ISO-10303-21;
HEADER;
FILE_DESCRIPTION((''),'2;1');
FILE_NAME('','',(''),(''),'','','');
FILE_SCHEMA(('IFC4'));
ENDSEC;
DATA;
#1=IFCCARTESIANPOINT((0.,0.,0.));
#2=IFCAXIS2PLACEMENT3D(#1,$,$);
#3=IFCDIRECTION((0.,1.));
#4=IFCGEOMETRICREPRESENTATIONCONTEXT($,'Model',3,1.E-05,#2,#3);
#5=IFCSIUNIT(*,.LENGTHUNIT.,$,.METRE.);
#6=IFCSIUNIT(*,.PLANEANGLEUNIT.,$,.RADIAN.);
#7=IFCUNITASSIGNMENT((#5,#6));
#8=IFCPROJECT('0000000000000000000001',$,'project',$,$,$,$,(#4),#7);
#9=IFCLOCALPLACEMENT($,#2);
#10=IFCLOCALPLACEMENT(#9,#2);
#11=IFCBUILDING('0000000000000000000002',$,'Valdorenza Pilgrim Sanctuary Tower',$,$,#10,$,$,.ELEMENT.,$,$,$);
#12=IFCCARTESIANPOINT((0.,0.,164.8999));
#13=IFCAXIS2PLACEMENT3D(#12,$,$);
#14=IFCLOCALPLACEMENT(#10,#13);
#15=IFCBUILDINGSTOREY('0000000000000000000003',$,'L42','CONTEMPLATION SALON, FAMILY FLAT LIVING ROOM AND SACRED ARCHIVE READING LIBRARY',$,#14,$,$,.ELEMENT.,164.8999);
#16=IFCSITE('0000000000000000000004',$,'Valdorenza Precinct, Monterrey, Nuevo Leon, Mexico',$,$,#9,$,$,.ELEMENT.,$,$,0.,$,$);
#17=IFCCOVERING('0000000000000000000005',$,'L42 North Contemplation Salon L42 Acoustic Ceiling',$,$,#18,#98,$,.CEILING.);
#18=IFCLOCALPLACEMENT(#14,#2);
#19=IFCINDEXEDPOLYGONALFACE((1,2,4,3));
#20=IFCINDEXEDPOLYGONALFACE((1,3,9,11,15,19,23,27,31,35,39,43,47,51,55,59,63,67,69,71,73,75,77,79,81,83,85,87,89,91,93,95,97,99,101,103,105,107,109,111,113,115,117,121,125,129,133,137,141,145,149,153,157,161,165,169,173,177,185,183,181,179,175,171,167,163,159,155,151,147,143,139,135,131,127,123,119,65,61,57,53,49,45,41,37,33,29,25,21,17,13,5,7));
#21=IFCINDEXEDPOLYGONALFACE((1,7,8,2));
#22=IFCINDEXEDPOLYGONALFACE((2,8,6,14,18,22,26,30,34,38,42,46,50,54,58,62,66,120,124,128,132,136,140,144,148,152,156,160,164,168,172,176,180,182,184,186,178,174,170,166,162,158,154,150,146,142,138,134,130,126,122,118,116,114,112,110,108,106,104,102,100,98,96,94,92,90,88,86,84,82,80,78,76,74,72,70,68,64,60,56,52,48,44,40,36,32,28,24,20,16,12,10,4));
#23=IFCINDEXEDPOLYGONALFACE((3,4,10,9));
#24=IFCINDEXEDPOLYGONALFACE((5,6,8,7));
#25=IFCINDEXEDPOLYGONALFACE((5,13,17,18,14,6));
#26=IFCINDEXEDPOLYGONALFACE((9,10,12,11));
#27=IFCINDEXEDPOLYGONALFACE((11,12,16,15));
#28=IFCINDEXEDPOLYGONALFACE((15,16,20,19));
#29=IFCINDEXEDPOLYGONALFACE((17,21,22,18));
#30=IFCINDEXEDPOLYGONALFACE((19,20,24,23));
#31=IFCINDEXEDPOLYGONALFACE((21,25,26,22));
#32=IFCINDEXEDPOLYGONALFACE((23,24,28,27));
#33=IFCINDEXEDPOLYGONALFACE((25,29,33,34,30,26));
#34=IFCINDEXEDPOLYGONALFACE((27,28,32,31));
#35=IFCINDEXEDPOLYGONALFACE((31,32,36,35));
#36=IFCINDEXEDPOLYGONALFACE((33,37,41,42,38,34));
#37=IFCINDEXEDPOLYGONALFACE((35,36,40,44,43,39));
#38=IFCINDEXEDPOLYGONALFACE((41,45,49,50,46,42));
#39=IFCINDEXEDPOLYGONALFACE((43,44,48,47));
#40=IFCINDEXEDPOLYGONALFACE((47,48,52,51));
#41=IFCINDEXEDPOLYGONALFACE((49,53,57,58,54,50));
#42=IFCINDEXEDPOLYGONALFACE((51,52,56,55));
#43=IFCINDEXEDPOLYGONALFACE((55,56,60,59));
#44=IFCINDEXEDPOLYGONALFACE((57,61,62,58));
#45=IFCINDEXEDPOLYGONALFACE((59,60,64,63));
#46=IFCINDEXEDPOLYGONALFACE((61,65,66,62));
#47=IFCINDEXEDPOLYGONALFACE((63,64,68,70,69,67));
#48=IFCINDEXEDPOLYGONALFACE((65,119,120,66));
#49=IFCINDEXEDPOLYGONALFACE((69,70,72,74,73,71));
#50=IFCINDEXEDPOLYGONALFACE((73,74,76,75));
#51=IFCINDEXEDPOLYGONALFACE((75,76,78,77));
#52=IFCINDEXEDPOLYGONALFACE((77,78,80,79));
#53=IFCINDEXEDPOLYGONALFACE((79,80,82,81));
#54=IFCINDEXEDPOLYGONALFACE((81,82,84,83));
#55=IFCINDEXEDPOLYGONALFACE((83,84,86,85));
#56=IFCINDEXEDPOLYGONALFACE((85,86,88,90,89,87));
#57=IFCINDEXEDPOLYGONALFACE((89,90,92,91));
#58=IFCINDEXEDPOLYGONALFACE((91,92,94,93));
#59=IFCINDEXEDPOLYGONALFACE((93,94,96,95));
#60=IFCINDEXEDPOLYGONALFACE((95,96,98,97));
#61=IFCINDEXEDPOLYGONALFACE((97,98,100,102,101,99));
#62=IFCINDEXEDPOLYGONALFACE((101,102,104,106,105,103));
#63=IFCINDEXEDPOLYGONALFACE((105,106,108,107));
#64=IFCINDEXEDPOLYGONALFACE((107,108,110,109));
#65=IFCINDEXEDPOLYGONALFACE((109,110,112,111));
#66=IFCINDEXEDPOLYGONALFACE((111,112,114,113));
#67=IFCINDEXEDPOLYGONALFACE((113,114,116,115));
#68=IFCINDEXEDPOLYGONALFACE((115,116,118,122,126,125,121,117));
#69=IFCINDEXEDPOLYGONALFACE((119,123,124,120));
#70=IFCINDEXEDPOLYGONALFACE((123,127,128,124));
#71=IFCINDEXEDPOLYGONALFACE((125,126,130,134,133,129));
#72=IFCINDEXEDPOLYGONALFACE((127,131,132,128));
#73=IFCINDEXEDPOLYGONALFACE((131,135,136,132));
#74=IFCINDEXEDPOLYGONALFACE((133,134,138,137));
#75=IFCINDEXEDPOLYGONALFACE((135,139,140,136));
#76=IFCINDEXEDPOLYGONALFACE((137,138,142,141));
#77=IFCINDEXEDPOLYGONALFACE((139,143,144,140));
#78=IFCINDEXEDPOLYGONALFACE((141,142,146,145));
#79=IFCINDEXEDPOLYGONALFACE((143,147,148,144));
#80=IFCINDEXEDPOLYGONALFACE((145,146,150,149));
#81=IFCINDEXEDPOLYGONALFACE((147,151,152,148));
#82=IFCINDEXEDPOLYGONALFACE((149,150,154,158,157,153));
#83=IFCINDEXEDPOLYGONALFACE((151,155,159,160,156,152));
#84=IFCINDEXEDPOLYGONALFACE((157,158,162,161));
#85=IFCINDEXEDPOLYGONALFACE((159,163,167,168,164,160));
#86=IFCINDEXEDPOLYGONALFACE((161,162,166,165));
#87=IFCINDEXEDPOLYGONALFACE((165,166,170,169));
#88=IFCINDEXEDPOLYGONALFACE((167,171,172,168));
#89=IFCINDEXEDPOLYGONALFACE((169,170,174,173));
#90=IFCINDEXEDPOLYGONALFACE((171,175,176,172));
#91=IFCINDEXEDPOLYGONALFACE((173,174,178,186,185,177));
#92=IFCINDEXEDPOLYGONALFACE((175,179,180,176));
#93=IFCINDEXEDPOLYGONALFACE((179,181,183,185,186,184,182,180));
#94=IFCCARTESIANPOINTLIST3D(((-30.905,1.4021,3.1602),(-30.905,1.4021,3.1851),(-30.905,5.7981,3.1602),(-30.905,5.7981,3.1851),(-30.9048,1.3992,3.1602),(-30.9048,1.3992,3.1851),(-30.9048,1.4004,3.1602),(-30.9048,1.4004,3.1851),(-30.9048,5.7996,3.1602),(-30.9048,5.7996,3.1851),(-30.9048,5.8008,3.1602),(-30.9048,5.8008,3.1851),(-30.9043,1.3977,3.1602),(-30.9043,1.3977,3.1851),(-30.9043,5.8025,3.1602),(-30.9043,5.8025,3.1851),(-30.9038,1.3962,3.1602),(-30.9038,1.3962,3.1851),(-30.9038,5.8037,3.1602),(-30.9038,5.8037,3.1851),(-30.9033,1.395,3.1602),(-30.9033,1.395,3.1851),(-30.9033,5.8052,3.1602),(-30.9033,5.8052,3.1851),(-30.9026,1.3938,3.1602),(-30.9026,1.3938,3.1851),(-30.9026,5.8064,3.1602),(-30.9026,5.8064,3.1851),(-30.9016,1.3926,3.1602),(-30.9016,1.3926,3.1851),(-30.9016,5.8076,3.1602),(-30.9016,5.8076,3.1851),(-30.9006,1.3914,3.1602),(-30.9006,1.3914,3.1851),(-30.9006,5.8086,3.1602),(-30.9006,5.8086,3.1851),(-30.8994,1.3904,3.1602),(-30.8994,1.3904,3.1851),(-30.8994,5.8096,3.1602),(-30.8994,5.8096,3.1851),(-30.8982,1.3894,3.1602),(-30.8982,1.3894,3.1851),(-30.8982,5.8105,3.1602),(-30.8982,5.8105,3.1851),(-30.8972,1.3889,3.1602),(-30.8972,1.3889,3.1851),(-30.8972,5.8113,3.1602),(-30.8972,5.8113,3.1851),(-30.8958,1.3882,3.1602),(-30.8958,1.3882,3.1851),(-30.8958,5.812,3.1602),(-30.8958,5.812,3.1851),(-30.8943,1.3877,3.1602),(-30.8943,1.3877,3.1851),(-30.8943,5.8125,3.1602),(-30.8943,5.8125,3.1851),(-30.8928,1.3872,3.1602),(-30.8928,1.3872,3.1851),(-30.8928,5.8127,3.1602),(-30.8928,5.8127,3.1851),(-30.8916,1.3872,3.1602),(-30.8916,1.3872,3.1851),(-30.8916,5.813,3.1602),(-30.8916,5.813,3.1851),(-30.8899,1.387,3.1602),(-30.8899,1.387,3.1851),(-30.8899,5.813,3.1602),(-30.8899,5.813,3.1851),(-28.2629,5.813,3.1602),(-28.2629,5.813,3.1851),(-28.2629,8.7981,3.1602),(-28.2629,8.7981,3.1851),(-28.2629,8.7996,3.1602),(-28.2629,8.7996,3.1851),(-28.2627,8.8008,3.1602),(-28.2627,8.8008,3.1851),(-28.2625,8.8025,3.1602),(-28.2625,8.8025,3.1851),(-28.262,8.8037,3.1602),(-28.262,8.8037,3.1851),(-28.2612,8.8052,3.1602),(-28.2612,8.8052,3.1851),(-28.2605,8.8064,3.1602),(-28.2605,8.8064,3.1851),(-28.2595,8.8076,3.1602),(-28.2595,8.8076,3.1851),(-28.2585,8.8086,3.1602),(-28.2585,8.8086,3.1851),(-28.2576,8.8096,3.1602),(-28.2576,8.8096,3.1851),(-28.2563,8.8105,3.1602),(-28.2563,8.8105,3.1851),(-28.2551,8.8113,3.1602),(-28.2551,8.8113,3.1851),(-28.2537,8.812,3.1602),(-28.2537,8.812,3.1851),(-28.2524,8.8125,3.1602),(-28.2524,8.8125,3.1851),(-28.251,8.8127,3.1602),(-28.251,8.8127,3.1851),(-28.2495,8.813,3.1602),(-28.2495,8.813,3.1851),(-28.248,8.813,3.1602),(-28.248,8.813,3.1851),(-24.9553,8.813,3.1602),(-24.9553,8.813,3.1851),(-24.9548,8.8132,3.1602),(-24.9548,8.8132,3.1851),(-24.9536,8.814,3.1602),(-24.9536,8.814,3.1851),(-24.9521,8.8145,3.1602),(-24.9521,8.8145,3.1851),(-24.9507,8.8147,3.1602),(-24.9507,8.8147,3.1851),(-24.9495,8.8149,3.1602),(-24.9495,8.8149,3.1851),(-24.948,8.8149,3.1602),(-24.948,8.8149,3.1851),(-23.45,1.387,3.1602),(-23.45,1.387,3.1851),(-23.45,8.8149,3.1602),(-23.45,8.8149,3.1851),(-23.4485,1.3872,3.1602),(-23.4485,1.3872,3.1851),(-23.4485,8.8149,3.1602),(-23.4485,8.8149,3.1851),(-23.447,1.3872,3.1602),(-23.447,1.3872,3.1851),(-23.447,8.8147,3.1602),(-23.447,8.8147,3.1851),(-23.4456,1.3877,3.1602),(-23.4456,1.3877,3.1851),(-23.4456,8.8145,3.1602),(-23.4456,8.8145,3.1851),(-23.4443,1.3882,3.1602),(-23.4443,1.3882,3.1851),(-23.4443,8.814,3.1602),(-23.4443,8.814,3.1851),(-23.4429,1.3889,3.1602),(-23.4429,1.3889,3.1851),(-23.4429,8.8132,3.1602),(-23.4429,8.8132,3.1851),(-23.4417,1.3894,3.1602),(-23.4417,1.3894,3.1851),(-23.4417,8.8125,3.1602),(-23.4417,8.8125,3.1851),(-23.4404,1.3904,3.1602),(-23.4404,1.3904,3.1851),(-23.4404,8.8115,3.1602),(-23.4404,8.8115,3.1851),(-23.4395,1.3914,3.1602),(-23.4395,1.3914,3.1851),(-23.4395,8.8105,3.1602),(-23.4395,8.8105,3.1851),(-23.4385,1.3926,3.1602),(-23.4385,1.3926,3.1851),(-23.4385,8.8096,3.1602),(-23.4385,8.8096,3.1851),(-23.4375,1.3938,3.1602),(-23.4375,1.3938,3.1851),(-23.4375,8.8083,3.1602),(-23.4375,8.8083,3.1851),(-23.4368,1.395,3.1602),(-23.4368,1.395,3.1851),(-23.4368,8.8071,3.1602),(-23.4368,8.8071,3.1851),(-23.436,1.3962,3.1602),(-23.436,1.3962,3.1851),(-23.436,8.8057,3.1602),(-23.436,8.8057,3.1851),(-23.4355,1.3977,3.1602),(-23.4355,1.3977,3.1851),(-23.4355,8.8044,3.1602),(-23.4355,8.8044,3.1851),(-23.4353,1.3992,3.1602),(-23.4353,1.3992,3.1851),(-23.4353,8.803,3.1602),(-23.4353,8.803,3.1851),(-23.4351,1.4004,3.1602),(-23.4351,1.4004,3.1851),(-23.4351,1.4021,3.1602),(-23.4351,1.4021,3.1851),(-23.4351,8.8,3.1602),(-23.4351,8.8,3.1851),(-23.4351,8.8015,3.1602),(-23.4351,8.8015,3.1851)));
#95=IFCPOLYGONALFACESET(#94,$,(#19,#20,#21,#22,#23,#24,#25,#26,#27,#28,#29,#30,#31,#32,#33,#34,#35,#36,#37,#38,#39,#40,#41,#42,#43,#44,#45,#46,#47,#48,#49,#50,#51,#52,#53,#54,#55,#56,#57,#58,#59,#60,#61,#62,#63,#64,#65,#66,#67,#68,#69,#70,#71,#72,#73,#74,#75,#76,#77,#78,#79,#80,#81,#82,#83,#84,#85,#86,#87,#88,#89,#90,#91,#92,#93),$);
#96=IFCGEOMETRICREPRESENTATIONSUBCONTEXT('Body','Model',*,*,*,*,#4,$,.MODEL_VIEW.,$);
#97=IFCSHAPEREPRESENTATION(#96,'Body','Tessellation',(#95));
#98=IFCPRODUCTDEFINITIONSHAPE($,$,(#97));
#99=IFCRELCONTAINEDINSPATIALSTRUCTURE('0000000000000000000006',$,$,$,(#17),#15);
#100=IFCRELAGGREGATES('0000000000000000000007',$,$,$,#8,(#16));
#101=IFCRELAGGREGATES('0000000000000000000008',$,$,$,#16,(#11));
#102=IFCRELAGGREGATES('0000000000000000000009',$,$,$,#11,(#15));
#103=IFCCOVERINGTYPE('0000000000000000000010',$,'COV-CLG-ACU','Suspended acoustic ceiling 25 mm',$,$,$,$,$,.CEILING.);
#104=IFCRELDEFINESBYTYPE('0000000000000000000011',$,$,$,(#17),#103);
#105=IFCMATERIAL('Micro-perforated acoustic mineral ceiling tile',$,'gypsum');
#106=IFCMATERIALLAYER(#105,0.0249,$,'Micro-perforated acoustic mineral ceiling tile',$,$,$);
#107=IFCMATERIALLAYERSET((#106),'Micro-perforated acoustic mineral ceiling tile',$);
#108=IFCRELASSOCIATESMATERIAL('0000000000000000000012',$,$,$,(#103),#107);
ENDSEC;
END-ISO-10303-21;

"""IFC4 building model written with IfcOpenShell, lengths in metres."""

from ifc_helpers import new_model, si_unit, direction, frame, origin, place, context, subcontext, project, spatial, polyline, outline, extrude, material, layer, layer_set, type_object, element, save


model = new_model("IFC4")

# Units and contexts
model_context = context("Model", 3, precision=1e-05, world=origin(), true_north=direction((0.0, 1.0)))
body_context = subcontext(model_context, "Body", "Model", "MODEL_VIEW")
ifc_project = project(units=[si_unit("LENGTHUNIT", "METRE"), si_unit("PLANEANGLEUNIT", "RADIAN")], contexts=[model_context])

# Site, building, storey
site_placement = place(None, origin())
site = spatial("IfcSite", under=ifc_project, at=site_placement, Name="Valdorenza Precinct, Monterrey, Nuevo Leon, Mexico", CompositionType="ELEMENT", RefElevation=0.0)
building_placement = place(site_placement, origin())
building = spatial("IfcBuilding", under=site, at=building_placement, Name="Valdorenza Pilgrim Sanctuary Tower", CompositionType="ELEMENT")
storey_placement = place(building_placement, frame((0.0, 0.0, 164.8999)))
storey = spatial("IfcBuildingStorey", under=building, at=storey_placement, Name="L42", Description="CONTEMPLATION SALON, FAMILY FLAT LIVING ROOM AND SACRED ARCHIVE READING LIBRARY", CompositionType="ELEMENT", Elevation=164.8999)

# Covering
ifc_material_1 = material(Name="Micro-perforated acoustic mineral ceiling tile", Category="gypsum")
ifc_layer_1 = layer(ifc_material_1, 0.0249, Name="Micro-perforated acoustic mineral ceiling tile")
ifc_layer_set_1 = layer_set([ifc_layer_1], Name="Micro-perforated acoustic mineral ceiling tile")
covering_type_1 = type_object("IfcCoveringType", Name="COV-CLG-ACU", Description="Suspended acoustic ceiling 25 mm", PredefinedType="CEILING", material=ifc_layer_set_1)
covering_1_placement = place(storey_placement, frame((0.0, 0.0, 3.1602)))
element("IfcCovering", 1, at=covering_1_placement, inside=storey, type_object=covering_type_1, Name="L42 North Contemplation Salon L42 Acoustic Ceiling", PredefinedType="CEILING", context=body_context, shape_type="SweptSolid", body=[
    extrude(outline(polyline([(-28.2629, 5.813), (-28.2629, 8.7981), (-28.2629, 8.7996), (-28.2627, 8.8008), (-28.2625, 8.8025), (-28.262, 8.8037), (-28.2612, 8.8052), (-28.2605, 8.8064), (-28.2595, 8.8076), (-28.2585, 8.8086), (-28.2576, 8.8096), (-28.2563, 8.8105), (-28.2551, 8.8113), (-28.2537, 8.812), (-28.2524, 8.8125), (-28.251, 8.8127), (-28.2495, 8.813), (-28.248, 8.813), (-24.9553, 8.813), (-24.9548, 8.8132), (-24.9536, 8.814), (-24.9521, 8.8145), (-24.9507, 8.8147), (-24.9495, 8.8149), (-24.948, 8.8149), (-23.45, 8.8149), (-23.4485, 8.8149), (-23.447, 8.8147), (-23.4456, 8.8145), (-23.4443, 8.814), (-23.4429, 8.8132), (-23.4417, 8.8125), (-23.4404, 8.8115), (-23.4395, 8.8105), (-23.4385, 8.8096), (-23.4375, 8.8083), (-23.4368, 8.8071), (-23.436, 8.8057), (-23.4355, 8.8044), (-23.4353, 8.803), (-23.4351, 8.8015), (-23.4351, 8.8), (-23.4351, 1.4021), (-23.4351, 1.4004), (-23.4353, 1.3992), (-23.4355, 1.3977), (-23.436, 1.3962), (-23.4368, 1.395), (-23.4375, 1.3938), (-23.4385, 1.3926), (-23.4395, 1.3914), (-23.4404, 1.3904), (-23.4417, 1.3894), (-23.4429, 1.3889), (-23.4443, 1.3882), (-23.4456, 1.3877), (-23.447, 1.3872), (-23.4485, 1.3872), (-23.45, 1.387), (-30.8899, 1.387), (-30.8916, 1.3872), (-30.8928, 1.3872), (-30.8943, 1.3877), (-30.8958, 1.3882), (-30.8972, 1.3889), (-30.8982, 1.3894), (-30.8994, 1.3904), (-30.9006, 1.3914), (-30.9016, 1.3926), (-30.9026, 1.3938), (-30.9033, 1.395), (-30.9038, 1.3962), (-30.9043, 1.3977), (-30.9048, 1.3992), (-30.9048, 1.4004), (-30.905, 1.4021), (-30.905, 5.7981), (-30.9048, 5.7996), (-30.9048, 5.8008), (-30.9043, 5.8025), (-30.9038, 5.8037), (-30.9033, 5.8052), (-30.9026, 5.8064), (-30.9016, 5.8076), (-30.9006, 5.8086), (-30.8994, 5.8096), (-30.8982, 5.8105), (-30.8972, 5.8113), (-30.8958, 5.812), (-30.8943, 5.8125), (-30.8928, 5.8127), (-30.8916, 5.813), (-30.8899, 5.813), (-28.2629, 5.813)])), origin(), (0.0, 0.0, 1.0), 0.0249),
])

save(model, "model.ifc")
